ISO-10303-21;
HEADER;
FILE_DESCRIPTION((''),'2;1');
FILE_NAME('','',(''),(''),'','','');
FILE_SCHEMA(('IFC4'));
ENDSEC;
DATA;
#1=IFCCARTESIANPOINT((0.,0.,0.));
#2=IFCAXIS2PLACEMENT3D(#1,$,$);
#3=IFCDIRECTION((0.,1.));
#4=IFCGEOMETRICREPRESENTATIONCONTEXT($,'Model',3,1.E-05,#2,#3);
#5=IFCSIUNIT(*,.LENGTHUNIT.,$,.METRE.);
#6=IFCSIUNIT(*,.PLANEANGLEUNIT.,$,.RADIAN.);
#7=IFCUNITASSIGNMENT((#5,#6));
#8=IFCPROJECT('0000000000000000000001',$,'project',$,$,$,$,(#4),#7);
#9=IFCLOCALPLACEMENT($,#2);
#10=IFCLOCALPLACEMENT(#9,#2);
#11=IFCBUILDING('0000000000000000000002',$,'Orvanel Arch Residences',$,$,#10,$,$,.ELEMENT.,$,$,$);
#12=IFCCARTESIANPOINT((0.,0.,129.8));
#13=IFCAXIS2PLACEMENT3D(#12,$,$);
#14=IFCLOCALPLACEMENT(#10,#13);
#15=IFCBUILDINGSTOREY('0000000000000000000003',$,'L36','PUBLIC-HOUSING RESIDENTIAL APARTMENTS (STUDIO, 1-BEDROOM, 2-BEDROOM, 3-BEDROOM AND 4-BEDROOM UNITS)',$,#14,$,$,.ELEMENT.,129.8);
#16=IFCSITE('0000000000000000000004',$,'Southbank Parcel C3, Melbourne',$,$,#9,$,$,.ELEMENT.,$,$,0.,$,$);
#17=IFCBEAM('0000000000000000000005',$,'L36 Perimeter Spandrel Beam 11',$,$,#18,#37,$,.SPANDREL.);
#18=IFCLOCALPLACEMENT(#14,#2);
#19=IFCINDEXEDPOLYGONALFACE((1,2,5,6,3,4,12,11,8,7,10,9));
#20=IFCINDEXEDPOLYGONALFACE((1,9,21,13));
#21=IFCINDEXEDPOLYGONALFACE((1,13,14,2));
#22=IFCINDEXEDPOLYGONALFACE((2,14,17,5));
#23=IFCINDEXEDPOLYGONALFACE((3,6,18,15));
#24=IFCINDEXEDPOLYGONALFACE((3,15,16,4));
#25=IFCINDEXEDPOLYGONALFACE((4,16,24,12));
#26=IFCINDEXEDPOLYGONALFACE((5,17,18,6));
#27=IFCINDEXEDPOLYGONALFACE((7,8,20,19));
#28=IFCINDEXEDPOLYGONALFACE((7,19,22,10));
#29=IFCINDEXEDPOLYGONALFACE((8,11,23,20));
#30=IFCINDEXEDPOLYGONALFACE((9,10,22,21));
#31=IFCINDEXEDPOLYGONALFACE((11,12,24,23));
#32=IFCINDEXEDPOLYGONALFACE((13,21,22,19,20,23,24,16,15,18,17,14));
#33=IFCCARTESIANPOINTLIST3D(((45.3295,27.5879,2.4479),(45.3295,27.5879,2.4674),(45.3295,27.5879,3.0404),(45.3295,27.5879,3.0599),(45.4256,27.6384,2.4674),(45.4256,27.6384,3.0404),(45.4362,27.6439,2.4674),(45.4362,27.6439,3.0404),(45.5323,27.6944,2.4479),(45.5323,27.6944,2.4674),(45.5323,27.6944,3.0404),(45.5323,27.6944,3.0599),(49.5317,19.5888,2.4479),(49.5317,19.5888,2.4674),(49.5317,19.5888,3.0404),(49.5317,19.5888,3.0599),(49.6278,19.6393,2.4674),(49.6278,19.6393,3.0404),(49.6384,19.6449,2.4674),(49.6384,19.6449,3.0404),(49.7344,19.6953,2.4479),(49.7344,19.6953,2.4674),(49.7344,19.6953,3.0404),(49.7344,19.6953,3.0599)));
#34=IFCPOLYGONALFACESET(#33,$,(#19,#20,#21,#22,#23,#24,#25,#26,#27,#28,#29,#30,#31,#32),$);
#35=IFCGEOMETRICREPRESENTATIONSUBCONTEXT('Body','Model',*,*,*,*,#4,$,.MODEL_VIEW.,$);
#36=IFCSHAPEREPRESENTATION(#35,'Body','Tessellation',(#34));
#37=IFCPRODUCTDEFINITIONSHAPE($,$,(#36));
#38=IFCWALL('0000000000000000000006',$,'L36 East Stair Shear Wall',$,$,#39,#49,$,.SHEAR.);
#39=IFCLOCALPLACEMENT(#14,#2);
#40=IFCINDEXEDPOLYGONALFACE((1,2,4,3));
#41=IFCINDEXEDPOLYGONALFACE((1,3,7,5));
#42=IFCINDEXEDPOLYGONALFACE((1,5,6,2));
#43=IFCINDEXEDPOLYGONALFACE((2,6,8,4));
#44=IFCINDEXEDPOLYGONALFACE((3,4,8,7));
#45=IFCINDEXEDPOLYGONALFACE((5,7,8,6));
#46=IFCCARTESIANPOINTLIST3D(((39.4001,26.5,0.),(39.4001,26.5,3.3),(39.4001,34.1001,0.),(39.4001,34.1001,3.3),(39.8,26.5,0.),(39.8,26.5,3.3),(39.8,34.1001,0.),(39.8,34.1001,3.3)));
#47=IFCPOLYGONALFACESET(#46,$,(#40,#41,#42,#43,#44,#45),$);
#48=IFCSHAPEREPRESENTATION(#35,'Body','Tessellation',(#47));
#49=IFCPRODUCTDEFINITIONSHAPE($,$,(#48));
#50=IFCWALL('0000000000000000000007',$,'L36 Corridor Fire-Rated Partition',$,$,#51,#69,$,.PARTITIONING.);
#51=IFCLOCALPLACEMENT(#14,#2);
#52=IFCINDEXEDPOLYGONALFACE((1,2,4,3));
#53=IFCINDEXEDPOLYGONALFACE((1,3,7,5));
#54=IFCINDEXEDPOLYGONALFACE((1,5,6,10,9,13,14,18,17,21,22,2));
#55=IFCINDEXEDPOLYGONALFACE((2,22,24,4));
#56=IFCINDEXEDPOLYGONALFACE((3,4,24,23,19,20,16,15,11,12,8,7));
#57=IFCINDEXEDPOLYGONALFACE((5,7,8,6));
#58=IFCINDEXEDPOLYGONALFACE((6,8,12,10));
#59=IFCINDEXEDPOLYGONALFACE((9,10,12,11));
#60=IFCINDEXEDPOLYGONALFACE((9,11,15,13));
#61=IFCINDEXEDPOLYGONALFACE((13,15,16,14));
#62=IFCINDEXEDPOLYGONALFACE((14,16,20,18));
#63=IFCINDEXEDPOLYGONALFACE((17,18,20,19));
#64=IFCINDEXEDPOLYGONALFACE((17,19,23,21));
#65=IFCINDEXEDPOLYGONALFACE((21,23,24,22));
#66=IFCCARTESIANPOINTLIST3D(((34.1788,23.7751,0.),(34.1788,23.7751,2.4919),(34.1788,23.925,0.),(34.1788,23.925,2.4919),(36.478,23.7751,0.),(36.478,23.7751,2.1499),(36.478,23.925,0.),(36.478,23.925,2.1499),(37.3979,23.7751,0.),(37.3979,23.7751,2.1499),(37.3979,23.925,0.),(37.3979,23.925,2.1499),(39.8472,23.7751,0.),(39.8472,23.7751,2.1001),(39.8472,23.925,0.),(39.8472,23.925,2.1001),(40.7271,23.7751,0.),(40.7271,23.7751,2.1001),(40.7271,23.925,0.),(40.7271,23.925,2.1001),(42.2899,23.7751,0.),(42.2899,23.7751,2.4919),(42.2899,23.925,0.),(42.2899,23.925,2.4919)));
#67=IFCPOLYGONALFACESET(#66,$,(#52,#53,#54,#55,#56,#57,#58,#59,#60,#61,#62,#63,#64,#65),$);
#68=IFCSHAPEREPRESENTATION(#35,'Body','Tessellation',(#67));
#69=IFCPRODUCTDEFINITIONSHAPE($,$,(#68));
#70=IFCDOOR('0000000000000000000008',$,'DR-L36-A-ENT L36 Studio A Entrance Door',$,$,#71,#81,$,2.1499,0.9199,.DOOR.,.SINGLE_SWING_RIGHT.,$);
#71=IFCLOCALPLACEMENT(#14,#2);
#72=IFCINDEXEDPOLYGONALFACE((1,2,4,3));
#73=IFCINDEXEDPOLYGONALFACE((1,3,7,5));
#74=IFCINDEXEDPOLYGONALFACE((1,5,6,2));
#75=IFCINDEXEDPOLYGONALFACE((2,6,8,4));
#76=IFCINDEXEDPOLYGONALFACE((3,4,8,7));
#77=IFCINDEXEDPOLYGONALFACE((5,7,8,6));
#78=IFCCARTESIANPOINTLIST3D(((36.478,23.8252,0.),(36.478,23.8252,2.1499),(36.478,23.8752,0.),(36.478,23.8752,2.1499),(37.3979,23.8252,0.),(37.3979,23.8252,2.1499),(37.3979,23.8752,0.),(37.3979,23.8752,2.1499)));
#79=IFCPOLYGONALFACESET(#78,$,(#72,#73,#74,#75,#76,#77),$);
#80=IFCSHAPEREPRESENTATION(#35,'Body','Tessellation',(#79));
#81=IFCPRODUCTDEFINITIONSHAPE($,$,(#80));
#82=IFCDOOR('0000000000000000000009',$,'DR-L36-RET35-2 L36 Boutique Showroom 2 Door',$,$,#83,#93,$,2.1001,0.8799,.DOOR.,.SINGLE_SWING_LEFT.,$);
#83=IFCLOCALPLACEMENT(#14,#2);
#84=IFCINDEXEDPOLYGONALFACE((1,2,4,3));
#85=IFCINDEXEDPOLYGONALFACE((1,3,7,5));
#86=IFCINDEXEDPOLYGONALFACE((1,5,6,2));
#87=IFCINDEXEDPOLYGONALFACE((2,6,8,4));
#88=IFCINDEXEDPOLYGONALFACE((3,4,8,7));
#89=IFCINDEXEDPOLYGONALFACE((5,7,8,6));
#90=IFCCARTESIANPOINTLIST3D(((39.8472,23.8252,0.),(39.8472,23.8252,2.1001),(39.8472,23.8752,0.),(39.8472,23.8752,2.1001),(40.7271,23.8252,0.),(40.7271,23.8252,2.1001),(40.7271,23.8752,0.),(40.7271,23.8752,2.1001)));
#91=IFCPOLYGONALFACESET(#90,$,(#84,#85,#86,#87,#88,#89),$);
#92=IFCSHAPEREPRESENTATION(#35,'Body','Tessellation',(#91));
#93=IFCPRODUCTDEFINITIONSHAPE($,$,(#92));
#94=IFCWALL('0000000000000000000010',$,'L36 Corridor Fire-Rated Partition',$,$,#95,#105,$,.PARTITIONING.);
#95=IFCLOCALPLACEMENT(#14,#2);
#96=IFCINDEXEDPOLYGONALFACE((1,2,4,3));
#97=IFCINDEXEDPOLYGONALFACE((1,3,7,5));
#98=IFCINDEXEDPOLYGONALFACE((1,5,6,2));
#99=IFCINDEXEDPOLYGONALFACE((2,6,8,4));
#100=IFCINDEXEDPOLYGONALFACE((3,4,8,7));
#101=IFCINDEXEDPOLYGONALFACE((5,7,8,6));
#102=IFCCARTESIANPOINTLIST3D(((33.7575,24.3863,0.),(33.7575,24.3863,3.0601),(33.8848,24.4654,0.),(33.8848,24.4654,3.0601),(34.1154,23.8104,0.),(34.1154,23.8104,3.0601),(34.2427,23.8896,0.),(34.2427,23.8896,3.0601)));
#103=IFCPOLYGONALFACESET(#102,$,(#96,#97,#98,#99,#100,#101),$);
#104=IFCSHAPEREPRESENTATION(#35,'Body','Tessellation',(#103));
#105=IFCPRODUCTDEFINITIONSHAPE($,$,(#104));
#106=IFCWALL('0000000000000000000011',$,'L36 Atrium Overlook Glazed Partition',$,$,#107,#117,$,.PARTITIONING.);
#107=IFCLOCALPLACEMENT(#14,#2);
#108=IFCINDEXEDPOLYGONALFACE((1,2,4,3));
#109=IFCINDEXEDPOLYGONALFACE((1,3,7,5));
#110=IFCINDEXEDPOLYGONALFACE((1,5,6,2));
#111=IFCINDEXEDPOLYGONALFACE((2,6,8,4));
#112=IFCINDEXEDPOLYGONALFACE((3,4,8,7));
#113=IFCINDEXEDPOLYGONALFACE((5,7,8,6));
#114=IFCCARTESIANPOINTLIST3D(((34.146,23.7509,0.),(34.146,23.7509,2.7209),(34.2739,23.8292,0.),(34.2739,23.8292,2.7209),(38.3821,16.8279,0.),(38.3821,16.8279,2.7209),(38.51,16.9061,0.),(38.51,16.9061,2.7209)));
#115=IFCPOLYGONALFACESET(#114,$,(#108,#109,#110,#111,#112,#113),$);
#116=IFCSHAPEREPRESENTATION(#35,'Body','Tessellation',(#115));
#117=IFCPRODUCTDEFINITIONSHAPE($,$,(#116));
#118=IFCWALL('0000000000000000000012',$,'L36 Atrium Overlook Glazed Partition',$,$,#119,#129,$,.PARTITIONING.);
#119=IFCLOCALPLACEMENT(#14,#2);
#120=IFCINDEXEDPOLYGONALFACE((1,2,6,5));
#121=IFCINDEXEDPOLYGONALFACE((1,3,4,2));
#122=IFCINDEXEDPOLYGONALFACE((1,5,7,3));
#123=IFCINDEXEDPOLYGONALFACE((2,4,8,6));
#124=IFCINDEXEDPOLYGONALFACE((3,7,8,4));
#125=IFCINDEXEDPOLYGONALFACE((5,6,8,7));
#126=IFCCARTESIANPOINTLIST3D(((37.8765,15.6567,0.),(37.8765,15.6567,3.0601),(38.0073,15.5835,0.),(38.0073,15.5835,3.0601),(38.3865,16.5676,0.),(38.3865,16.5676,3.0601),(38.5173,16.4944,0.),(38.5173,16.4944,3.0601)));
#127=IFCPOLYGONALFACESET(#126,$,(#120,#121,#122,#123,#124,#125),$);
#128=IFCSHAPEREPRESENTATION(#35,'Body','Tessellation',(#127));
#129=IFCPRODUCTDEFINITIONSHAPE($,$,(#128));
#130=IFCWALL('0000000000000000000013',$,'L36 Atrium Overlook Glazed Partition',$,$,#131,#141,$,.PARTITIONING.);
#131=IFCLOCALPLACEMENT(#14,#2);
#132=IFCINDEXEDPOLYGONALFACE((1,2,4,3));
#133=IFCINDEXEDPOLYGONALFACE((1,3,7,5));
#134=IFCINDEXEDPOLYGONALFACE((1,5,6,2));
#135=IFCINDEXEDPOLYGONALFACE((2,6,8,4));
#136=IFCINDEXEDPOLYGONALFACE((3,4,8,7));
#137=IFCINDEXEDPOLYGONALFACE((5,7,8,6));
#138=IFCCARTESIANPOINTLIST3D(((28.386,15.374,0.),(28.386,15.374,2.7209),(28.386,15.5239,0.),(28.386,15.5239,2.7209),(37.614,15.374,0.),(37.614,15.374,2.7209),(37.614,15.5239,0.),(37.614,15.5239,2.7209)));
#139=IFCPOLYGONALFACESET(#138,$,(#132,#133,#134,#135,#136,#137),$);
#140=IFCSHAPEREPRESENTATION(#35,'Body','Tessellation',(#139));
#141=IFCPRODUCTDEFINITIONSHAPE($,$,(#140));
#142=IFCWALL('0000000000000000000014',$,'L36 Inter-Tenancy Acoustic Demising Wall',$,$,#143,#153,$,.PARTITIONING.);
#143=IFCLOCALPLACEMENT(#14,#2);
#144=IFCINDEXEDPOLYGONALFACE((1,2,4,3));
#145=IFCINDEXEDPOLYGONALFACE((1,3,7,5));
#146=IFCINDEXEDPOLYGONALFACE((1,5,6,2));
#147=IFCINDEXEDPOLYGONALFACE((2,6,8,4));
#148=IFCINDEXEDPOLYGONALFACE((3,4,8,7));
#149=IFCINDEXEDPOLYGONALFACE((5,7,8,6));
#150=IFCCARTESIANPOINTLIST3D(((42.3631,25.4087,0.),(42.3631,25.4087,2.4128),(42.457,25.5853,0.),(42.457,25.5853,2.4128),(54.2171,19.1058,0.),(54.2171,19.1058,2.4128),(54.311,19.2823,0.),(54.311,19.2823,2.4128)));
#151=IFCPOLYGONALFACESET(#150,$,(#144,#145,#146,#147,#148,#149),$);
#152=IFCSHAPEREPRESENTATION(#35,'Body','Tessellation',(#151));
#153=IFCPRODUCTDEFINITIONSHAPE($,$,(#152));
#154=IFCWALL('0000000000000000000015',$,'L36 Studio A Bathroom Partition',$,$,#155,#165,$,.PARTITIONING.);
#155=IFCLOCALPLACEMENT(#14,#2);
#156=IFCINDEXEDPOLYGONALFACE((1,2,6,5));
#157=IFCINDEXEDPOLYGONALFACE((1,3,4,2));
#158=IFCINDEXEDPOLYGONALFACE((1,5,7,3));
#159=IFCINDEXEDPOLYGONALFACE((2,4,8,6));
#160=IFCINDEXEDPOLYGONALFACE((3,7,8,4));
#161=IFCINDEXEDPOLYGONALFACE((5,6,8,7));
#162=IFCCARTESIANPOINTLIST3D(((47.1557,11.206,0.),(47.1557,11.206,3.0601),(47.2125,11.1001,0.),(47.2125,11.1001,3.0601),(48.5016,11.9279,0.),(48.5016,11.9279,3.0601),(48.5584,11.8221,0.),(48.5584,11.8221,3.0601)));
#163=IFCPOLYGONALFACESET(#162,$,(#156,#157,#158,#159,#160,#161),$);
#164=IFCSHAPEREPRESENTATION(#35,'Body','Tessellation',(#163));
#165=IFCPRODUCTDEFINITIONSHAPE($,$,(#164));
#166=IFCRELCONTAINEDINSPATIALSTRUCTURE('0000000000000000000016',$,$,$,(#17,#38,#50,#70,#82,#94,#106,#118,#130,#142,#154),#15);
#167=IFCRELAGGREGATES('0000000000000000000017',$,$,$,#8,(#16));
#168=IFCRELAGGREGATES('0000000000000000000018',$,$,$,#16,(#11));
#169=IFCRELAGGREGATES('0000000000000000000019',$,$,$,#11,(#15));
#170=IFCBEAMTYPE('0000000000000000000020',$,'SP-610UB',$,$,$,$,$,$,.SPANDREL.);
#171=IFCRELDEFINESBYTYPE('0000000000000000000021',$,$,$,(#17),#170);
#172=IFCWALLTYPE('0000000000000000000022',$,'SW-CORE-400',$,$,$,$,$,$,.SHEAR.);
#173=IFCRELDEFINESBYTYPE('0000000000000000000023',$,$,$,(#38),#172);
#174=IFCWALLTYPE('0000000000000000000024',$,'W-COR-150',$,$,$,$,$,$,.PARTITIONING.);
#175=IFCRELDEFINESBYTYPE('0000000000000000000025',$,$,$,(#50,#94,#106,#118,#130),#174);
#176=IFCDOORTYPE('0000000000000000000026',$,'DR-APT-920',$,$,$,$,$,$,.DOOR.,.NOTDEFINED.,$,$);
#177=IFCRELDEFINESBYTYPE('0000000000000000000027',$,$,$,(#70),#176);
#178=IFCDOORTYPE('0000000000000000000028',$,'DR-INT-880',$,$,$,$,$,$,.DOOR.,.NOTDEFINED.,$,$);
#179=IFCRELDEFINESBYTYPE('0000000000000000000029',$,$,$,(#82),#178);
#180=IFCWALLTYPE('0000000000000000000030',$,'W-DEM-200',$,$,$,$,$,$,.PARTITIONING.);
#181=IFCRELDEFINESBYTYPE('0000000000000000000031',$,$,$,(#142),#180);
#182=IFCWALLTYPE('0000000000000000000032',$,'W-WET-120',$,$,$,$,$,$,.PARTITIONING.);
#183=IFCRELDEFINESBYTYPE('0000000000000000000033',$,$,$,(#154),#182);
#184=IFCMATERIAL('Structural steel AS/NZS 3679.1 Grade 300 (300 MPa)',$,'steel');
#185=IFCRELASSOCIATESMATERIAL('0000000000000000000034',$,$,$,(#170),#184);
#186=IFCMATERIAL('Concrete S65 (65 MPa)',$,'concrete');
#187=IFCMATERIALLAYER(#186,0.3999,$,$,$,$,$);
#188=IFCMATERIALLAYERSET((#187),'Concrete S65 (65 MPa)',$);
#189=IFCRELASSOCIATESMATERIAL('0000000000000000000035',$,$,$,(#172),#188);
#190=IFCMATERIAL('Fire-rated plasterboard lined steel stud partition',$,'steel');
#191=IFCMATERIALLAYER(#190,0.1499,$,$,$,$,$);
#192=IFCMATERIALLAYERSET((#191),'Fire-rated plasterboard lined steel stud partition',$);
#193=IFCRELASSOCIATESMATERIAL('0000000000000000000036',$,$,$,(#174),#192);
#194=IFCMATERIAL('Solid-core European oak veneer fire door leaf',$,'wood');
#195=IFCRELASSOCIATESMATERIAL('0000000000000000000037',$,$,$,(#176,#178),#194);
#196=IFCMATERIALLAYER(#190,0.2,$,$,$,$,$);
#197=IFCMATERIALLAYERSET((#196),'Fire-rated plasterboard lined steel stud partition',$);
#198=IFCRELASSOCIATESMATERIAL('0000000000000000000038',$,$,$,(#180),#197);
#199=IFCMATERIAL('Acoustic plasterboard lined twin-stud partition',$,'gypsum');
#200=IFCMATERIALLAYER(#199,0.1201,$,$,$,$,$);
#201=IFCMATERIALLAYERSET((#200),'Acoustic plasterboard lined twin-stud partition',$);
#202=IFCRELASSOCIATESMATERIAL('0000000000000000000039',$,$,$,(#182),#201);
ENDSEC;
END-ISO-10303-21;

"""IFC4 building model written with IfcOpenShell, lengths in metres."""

from ifc_helpers import new_model, si_unit, direction, frame, frame_2d, origin, origin_2d, place, context, subcontext, project, spatial, rectangle, i_section, extrude, material, layer, layer_set, material_profile, profile_set, type_object, element, fill, save


model = new_model("IFC4")

# Units and contexts
model_context = context("Model", 3, precision=1e-05, world=origin(), true_north=direction((0.0, 1.0)))
body_context = subcontext(model_context, "Body", "Model", "MODEL_VIEW")
ifc_project = project(units=[si_unit("LENGTHUNIT", "METRE"), si_unit("PLANEANGLEUNIT", "RADIAN")], contexts=[model_context])

# Site, building, storey
site_placement = place(None, origin())
site = spatial("IfcSite", under=ifc_project, at=site_placement, Name="Southbank Parcel C3, Melbourne", CompositionType="ELEMENT", RefElevation=0.0)
building_placement = place(site_placement, origin())
building = spatial("IfcBuilding", under=site, at=building_placement, Name="Orvanel Arch Residences", CompositionType="ELEMENT")
storey_placement = place(building_placement, frame((0.0, 0.0, 129.8)))
storey = spatial("IfcBuildingStorey", under=building, at=storey_placement, Name="L36", Description="PUBLIC-HOUSING RESIDENTIAL APARTMENTS (STUDIO, 1-BEDROOM, 2-BEDROOM, 3-BEDROOM AND 4-BEDROOM UNITS)", CompositionType="ELEMENT", Elevation=129.8)

# Beam
ifc_material_1 = material(Name="Structural steel AS/NZS 3679.1 Grade 300 (300 MPa)", Category="steel")
ifc_material_profile_1 = material_profile(ifc_material_1, i_section(OverallWidth=0.229, OverallDepth=0.6121, WebThickness=0.012, FlangeThickness=0.0195, at=origin_2d()), Name="610UB125")
ifc_profile_set_1 = profile_set([ifc_material_profile_1], Name="Structural steel AS/NZS 3679.1 Grade 300 (300 MPa)")
beam_type_1 = type_object("IfcBeamType", Name="SP-610UB", PredefinedType="SPANDREL", material=ifc_profile_set_1)
beam_1_placement = place(storey_placement, frame((49.6331, 19.6421, 2.7539), z_axis=(-0.465065, 0.885277, 0.0), x_axis=(-0.885277, -0.465065, 0.0)))
element("IfcBeam", 1, at=beam_1_placement, inside=storey, type_object=beam_type_1, Name="L36 Perimeter Spandrel Beam 11", PredefinedType="SPANDREL", context=body_context, shape_type="SweptSolid", body=[
    extrude(i_section(OverallWidth=0.229, OverallDepth=0.6121, WebThickness=0.012, FlangeThickness=0.0195, at=origin_2d()), origin(), (0.0, 0.0, 1.0), 9.0356),
])

# Shared definitions
ifc_material_2 = material(Name="Concrete S65 (65 MPa)", Category="concrete")

# Wall
ifc_layer_1 = layer(ifc_material_2, 0.3999)
ifc_layer_set_1 = layer_set([ifc_layer_1], Name="Concrete S65 (65 MPa)")
wall_type_1 = type_object("IfcWallType", Name="SW-CORE-400", PredefinedType="SHEAR", material=ifc_layer_set_1)
wall_1_placement = place(storey_placement, frame((39.6001, 26.5, 0.0), z_axis=(0.0, 0.0, 1.0), x_axis=(0.0, 1.0, 0.0)))
element("IfcWall", 2, at=wall_1_placement, inside=storey, type_object=wall_type_1, Name="L36 East Stair Shear Wall", PredefinedType="SHEAR", context=body_context, shape_type="SweptSolid", body=[
    extrude(rectangle(XDim=7.6001, YDim=0.3999, at=frame_2d((3.8, 0.0))), origin(), (0.0, 0.0, 1.0), 3.3),
])

# Wall, openings, doors
ifc_material_3 = material(Name="Fire-rated plasterboard lined steel stud partition", Category="steel")
ifc_layer_2 = layer(ifc_material_3, 0.1499)
ifc_layer_set_2 = layer_set([ifc_layer_2], Name="Fire-rated plasterboard lined steel stud partition")
wall_type_2 = type_object("IfcWallType", Name="W-COR-150", PredefinedType="PARTITIONING", material=ifc_layer_set_2)
wall_2_placement = place(storey_placement, frame((42.29, 23.8501, 0.0), z_axis=(0.0, 0.0, 1.0), x_axis=(-1.0, 0.0, 0.0)))
wall_2 = element("IfcWall", 3, at=wall_2_placement, inside=storey, type_object=wall_type_2, Name="L36 Corridor Fire-Rated Partition", PredefinedType="PARTITIONING", context=body_context, shape_type="SweptSolid", body=[
    extrude(rectangle(XDim=8.1111, YDim=0.1499, at=frame_2d((4.0557, 0.0))), origin(), (0.0, 0.0, 1.0), 2.4919),
])
opening_1_placement = place(wall_2_placement, frame((1.563, 0.0, 0.0)))
opening_1 = element("IfcOpeningElement", 4, at=opening_1_placement, cuts=wall_2, PredefinedType="OPENING", context=body_context, shape_type="SweptSolid", body=[
    extrude(rectangle(XDim=0.8799, YDim=2.1001, at=frame_2d((0.4399, 1.05))), frame((0.0, 0.085, 0.0), z_axis=(0.0, -1.0, 0.0), x_axis=(1.0, 0.0, 0.0)), (0.0, 0.0, 1.0), 0.1699),
])
opening_2_placement = place(wall_2_placement, frame((4.8921, 0.0, 0.0)))
opening_2 = element("IfcOpeningElement", 5, at=opening_2_placement, cuts=wall_2, PredefinedType="OPENING", context=body_context, shape_type="SweptSolid", body=[
    extrude(rectangle(XDim=0.9199, YDim=2.1499, at=frame_2d((0.46, 1.075))), frame((0.0, 0.085, 0.0), z_axis=(0.0, -1.0, 0.0), x_axis=(1.0, 0.0, 0.0)), (0.0, 0.0, 1.0), 0.1699),
])
ifc_material_4 = material(Name="Solid-core European oak veneer fire door leaf", Category="wood")
door_type_1 = type_object("IfcDoorType", Name="DR-APT-920", OperationType="NOTDEFINED", PredefinedType="DOOR", material=ifc_material_4)
door_1_placement = place(opening_2_placement, origin())
door_1 = element("IfcDoor", 6, at=door_1_placement, inside=storey, type_object=door_type_1, Name="DR-L36-A-ENT L36 Studio A Entrance Door", OperationType="SINGLE_SWING_RIGHT", OverallHeight=2.1499, OverallWidth=0.9199, PredefinedType="DOOR", context=body_context, shape_type="SweptSolid", body=[
    extrude(rectangle(XDim=0.9199, YDim=2.1499, at=frame_2d((0.46, 1.075))), frame((0.0, 0.0249, 0.0), z_axis=(0.0, -1.0, 0.0), x_axis=(1.0, 0.0, 0.0)), (0.0, 0.0, 1.0), 0.05),
])
fill(opening_2, door_1)
door_type_2 = type_object("IfcDoorType", Name="DR-INT-880", OperationType="NOTDEFINED", PredefinedType="DOOR", material=ifc_material_4)
door_2_placement = place(opening_1_placement, origin())
door_2 = element("IfcDoor", 7, at=door_2_placement, inside=storey, type_object=door_type_2, Name="DR-L36-RET35-2 L36 Boutique Showroom 2 Door", OperationType="SINGLE_SWING_LEFT", OverallHeight=2.1001, OverallWidth=0.8799, PredefinedType="DOOR", context=body_context, shape_type="SweptSolid", body=[
    extrude(rectangle(XDim=0.8799, YDim=2.1001, at=frame_2d((0.4399, 1.05))), frame((0.0, 0.0249, 0.0), z_axis=(0.0, -1.0, 0.0), x_axis=(1.0, 0.0, 0.0)), (0.0, 0.0, 1.0), 0.05),
])
fill(opening_1, door_2)

# Walls
wall_3_placement = place(storey_placement, frame((34.179, 23.8501, 0.0), z_axis=(0.0, 0.0, 1.0), x_axis=(-0.527829, 0.849351, 0.0)))
element("IfcWall", 8, at=wall_3_placement, inside=storey, type_object=wall_type_2, Name="L36 Corridor Fire-Rated Partition", PredefinedType="PARTITIONING", context=body_context, shape_type="SweptSolid", body=[
    extrude(rectangle(XDim=0.678, YDim=0.1499, at=frame_2d((0.3389, 0.0))), origin(), (0.0, 0.0, 1.0), 3.0601),
])
wall_4_placement = place(storey_placement, frame((34.21, 23.79, 0.0), z_axis=(0.0, 0.0, 1.0), x_axis=(0.521926, -0.852991, 0.0)))
element("IfcWall", 9, at=wall_4_placement, inside=storey, type_object=wall_type_2, Name="L36 Atrium Overlook Glazed Partition", PredefinedType="PARTITIONING", context=body_context, shape_type="SweptSolid", body=[
    extrude(rectangle(XDim=8.1162, YDim=0.1499, at=frame_2d((4.0581, 0.0))), origin(), (0.0, 0.0, 1.0), 2.7209),
])
wall_5_placement = place(storey_placement, frame((38.4519, 16.531, 0.0), z_axis=(0.0, 0.0, 1.0), x_axis=(-0.488539, -0.872542, 0.0)))
element("IfcWall", 10, at=wall_5_placement, inside=storey, type_object=wall_type_2, Name="L36 Atrium Overlook Glazed Partition", PredefinedType="PARTITIONING", context=body_context, shape_type="SweptSolid", body=[
    extrude(rectangle(XDim=1.0439, YDim=0.1499, at=frame_2d((0.522, 0.0))), origin(), (0.0, 0.0, 1.0), 3.0601),
])
wall_6_placement = place(storey_placement, frame((37.614, 15.449, 0.0), z_axis=(0.0, 0.0, 1.0), x_axis=(-1.0, 0.0, 0.0)))
element("IfcWall", 11, at=wall_6_placement, inside=storey, type_object=wall_type_2, Name="L36 Atrium Overlook Glazed Partition", PredefinedType="PARTITIONING", context=body_context, shape_type="SweptSolid", body=[
    extrude(rectangle(XDim=9.228, YDim=0.1499, at=frame_2d((4.614, 0.0))), origin(), (0.0, 0.0, 1.0), 2.7209),
])
ifc_layer_3 = layer(ifc_material_3, 0.2)
ifc_layer_set_3 = layer_set([ifc_layer_3], Name="Fire-rated plasterboard lined steel stud partition")
wall_type_3 = type_object("IfcWallType", Name="W-DEM-200", PredefinedType="PARTITIONING", material=ifc_layer_set_3)
wall_7_placement = place(storey_placement, frame((42.4099, 25.4971, 0.0), z_axis=(0.0, 0.0, 1.0), x_axis=(0.882945, -0.469477, 0.0)))
element("IfcWall", 12, at=wall_7_placement, inside=storey, type_object=wall_type_3, Name="L36 Inter-Tenancy Acoustic Demising Wall", PredefinedType="PARTITIONING", context=body_context, shape_type="SweptSolid", body=[
    extrude(rectangle(XDim=13.4255, YDim=0.2, at=frame_2d((6.7129, 0.0))), origin(), (0.0, 0.0, 1.0), 2.4128),
])
ifc_material_5 = material(Name="Acoustic plasterboard lined twin-stud partition", Category="gypsum")
ifc_layer_4 = layer(ifc_material_5, 0.1201)
ifc_layer_set_4 = layer_set([ifc_layer_4], Name="Acoustic plasterboard lined twin-stud partition")
wall_type_4 = type_object("IfcWallType", Name="W-WET-120", PredefinedType="PARTITIONING", material=ifc_layer_set_4)
wall_8_placement = place(storey_placement, frame((48.53, 11.875, 0.0), z_axis=(0.0, 0.0, 1.0), x_axis=(-0.88124, -0.472669, 0.0)))
element("IfcWall", 13, at=wall_8_placement, inside=storey, type_object=wall_type_4, Name="L36 Studio A Bathroom Partition", PredefinedType="PARTITIONING", context=body_context, shape_type="SweptSolid", body=[
    extrude(rectangle(XDim=1.5273, YDim=0.1201, at=frame_2d((0.7637, 0.0))), origin(), (0.0, 0.0, 1.0), 3.0601),
])

save(model, "model.ifc")
